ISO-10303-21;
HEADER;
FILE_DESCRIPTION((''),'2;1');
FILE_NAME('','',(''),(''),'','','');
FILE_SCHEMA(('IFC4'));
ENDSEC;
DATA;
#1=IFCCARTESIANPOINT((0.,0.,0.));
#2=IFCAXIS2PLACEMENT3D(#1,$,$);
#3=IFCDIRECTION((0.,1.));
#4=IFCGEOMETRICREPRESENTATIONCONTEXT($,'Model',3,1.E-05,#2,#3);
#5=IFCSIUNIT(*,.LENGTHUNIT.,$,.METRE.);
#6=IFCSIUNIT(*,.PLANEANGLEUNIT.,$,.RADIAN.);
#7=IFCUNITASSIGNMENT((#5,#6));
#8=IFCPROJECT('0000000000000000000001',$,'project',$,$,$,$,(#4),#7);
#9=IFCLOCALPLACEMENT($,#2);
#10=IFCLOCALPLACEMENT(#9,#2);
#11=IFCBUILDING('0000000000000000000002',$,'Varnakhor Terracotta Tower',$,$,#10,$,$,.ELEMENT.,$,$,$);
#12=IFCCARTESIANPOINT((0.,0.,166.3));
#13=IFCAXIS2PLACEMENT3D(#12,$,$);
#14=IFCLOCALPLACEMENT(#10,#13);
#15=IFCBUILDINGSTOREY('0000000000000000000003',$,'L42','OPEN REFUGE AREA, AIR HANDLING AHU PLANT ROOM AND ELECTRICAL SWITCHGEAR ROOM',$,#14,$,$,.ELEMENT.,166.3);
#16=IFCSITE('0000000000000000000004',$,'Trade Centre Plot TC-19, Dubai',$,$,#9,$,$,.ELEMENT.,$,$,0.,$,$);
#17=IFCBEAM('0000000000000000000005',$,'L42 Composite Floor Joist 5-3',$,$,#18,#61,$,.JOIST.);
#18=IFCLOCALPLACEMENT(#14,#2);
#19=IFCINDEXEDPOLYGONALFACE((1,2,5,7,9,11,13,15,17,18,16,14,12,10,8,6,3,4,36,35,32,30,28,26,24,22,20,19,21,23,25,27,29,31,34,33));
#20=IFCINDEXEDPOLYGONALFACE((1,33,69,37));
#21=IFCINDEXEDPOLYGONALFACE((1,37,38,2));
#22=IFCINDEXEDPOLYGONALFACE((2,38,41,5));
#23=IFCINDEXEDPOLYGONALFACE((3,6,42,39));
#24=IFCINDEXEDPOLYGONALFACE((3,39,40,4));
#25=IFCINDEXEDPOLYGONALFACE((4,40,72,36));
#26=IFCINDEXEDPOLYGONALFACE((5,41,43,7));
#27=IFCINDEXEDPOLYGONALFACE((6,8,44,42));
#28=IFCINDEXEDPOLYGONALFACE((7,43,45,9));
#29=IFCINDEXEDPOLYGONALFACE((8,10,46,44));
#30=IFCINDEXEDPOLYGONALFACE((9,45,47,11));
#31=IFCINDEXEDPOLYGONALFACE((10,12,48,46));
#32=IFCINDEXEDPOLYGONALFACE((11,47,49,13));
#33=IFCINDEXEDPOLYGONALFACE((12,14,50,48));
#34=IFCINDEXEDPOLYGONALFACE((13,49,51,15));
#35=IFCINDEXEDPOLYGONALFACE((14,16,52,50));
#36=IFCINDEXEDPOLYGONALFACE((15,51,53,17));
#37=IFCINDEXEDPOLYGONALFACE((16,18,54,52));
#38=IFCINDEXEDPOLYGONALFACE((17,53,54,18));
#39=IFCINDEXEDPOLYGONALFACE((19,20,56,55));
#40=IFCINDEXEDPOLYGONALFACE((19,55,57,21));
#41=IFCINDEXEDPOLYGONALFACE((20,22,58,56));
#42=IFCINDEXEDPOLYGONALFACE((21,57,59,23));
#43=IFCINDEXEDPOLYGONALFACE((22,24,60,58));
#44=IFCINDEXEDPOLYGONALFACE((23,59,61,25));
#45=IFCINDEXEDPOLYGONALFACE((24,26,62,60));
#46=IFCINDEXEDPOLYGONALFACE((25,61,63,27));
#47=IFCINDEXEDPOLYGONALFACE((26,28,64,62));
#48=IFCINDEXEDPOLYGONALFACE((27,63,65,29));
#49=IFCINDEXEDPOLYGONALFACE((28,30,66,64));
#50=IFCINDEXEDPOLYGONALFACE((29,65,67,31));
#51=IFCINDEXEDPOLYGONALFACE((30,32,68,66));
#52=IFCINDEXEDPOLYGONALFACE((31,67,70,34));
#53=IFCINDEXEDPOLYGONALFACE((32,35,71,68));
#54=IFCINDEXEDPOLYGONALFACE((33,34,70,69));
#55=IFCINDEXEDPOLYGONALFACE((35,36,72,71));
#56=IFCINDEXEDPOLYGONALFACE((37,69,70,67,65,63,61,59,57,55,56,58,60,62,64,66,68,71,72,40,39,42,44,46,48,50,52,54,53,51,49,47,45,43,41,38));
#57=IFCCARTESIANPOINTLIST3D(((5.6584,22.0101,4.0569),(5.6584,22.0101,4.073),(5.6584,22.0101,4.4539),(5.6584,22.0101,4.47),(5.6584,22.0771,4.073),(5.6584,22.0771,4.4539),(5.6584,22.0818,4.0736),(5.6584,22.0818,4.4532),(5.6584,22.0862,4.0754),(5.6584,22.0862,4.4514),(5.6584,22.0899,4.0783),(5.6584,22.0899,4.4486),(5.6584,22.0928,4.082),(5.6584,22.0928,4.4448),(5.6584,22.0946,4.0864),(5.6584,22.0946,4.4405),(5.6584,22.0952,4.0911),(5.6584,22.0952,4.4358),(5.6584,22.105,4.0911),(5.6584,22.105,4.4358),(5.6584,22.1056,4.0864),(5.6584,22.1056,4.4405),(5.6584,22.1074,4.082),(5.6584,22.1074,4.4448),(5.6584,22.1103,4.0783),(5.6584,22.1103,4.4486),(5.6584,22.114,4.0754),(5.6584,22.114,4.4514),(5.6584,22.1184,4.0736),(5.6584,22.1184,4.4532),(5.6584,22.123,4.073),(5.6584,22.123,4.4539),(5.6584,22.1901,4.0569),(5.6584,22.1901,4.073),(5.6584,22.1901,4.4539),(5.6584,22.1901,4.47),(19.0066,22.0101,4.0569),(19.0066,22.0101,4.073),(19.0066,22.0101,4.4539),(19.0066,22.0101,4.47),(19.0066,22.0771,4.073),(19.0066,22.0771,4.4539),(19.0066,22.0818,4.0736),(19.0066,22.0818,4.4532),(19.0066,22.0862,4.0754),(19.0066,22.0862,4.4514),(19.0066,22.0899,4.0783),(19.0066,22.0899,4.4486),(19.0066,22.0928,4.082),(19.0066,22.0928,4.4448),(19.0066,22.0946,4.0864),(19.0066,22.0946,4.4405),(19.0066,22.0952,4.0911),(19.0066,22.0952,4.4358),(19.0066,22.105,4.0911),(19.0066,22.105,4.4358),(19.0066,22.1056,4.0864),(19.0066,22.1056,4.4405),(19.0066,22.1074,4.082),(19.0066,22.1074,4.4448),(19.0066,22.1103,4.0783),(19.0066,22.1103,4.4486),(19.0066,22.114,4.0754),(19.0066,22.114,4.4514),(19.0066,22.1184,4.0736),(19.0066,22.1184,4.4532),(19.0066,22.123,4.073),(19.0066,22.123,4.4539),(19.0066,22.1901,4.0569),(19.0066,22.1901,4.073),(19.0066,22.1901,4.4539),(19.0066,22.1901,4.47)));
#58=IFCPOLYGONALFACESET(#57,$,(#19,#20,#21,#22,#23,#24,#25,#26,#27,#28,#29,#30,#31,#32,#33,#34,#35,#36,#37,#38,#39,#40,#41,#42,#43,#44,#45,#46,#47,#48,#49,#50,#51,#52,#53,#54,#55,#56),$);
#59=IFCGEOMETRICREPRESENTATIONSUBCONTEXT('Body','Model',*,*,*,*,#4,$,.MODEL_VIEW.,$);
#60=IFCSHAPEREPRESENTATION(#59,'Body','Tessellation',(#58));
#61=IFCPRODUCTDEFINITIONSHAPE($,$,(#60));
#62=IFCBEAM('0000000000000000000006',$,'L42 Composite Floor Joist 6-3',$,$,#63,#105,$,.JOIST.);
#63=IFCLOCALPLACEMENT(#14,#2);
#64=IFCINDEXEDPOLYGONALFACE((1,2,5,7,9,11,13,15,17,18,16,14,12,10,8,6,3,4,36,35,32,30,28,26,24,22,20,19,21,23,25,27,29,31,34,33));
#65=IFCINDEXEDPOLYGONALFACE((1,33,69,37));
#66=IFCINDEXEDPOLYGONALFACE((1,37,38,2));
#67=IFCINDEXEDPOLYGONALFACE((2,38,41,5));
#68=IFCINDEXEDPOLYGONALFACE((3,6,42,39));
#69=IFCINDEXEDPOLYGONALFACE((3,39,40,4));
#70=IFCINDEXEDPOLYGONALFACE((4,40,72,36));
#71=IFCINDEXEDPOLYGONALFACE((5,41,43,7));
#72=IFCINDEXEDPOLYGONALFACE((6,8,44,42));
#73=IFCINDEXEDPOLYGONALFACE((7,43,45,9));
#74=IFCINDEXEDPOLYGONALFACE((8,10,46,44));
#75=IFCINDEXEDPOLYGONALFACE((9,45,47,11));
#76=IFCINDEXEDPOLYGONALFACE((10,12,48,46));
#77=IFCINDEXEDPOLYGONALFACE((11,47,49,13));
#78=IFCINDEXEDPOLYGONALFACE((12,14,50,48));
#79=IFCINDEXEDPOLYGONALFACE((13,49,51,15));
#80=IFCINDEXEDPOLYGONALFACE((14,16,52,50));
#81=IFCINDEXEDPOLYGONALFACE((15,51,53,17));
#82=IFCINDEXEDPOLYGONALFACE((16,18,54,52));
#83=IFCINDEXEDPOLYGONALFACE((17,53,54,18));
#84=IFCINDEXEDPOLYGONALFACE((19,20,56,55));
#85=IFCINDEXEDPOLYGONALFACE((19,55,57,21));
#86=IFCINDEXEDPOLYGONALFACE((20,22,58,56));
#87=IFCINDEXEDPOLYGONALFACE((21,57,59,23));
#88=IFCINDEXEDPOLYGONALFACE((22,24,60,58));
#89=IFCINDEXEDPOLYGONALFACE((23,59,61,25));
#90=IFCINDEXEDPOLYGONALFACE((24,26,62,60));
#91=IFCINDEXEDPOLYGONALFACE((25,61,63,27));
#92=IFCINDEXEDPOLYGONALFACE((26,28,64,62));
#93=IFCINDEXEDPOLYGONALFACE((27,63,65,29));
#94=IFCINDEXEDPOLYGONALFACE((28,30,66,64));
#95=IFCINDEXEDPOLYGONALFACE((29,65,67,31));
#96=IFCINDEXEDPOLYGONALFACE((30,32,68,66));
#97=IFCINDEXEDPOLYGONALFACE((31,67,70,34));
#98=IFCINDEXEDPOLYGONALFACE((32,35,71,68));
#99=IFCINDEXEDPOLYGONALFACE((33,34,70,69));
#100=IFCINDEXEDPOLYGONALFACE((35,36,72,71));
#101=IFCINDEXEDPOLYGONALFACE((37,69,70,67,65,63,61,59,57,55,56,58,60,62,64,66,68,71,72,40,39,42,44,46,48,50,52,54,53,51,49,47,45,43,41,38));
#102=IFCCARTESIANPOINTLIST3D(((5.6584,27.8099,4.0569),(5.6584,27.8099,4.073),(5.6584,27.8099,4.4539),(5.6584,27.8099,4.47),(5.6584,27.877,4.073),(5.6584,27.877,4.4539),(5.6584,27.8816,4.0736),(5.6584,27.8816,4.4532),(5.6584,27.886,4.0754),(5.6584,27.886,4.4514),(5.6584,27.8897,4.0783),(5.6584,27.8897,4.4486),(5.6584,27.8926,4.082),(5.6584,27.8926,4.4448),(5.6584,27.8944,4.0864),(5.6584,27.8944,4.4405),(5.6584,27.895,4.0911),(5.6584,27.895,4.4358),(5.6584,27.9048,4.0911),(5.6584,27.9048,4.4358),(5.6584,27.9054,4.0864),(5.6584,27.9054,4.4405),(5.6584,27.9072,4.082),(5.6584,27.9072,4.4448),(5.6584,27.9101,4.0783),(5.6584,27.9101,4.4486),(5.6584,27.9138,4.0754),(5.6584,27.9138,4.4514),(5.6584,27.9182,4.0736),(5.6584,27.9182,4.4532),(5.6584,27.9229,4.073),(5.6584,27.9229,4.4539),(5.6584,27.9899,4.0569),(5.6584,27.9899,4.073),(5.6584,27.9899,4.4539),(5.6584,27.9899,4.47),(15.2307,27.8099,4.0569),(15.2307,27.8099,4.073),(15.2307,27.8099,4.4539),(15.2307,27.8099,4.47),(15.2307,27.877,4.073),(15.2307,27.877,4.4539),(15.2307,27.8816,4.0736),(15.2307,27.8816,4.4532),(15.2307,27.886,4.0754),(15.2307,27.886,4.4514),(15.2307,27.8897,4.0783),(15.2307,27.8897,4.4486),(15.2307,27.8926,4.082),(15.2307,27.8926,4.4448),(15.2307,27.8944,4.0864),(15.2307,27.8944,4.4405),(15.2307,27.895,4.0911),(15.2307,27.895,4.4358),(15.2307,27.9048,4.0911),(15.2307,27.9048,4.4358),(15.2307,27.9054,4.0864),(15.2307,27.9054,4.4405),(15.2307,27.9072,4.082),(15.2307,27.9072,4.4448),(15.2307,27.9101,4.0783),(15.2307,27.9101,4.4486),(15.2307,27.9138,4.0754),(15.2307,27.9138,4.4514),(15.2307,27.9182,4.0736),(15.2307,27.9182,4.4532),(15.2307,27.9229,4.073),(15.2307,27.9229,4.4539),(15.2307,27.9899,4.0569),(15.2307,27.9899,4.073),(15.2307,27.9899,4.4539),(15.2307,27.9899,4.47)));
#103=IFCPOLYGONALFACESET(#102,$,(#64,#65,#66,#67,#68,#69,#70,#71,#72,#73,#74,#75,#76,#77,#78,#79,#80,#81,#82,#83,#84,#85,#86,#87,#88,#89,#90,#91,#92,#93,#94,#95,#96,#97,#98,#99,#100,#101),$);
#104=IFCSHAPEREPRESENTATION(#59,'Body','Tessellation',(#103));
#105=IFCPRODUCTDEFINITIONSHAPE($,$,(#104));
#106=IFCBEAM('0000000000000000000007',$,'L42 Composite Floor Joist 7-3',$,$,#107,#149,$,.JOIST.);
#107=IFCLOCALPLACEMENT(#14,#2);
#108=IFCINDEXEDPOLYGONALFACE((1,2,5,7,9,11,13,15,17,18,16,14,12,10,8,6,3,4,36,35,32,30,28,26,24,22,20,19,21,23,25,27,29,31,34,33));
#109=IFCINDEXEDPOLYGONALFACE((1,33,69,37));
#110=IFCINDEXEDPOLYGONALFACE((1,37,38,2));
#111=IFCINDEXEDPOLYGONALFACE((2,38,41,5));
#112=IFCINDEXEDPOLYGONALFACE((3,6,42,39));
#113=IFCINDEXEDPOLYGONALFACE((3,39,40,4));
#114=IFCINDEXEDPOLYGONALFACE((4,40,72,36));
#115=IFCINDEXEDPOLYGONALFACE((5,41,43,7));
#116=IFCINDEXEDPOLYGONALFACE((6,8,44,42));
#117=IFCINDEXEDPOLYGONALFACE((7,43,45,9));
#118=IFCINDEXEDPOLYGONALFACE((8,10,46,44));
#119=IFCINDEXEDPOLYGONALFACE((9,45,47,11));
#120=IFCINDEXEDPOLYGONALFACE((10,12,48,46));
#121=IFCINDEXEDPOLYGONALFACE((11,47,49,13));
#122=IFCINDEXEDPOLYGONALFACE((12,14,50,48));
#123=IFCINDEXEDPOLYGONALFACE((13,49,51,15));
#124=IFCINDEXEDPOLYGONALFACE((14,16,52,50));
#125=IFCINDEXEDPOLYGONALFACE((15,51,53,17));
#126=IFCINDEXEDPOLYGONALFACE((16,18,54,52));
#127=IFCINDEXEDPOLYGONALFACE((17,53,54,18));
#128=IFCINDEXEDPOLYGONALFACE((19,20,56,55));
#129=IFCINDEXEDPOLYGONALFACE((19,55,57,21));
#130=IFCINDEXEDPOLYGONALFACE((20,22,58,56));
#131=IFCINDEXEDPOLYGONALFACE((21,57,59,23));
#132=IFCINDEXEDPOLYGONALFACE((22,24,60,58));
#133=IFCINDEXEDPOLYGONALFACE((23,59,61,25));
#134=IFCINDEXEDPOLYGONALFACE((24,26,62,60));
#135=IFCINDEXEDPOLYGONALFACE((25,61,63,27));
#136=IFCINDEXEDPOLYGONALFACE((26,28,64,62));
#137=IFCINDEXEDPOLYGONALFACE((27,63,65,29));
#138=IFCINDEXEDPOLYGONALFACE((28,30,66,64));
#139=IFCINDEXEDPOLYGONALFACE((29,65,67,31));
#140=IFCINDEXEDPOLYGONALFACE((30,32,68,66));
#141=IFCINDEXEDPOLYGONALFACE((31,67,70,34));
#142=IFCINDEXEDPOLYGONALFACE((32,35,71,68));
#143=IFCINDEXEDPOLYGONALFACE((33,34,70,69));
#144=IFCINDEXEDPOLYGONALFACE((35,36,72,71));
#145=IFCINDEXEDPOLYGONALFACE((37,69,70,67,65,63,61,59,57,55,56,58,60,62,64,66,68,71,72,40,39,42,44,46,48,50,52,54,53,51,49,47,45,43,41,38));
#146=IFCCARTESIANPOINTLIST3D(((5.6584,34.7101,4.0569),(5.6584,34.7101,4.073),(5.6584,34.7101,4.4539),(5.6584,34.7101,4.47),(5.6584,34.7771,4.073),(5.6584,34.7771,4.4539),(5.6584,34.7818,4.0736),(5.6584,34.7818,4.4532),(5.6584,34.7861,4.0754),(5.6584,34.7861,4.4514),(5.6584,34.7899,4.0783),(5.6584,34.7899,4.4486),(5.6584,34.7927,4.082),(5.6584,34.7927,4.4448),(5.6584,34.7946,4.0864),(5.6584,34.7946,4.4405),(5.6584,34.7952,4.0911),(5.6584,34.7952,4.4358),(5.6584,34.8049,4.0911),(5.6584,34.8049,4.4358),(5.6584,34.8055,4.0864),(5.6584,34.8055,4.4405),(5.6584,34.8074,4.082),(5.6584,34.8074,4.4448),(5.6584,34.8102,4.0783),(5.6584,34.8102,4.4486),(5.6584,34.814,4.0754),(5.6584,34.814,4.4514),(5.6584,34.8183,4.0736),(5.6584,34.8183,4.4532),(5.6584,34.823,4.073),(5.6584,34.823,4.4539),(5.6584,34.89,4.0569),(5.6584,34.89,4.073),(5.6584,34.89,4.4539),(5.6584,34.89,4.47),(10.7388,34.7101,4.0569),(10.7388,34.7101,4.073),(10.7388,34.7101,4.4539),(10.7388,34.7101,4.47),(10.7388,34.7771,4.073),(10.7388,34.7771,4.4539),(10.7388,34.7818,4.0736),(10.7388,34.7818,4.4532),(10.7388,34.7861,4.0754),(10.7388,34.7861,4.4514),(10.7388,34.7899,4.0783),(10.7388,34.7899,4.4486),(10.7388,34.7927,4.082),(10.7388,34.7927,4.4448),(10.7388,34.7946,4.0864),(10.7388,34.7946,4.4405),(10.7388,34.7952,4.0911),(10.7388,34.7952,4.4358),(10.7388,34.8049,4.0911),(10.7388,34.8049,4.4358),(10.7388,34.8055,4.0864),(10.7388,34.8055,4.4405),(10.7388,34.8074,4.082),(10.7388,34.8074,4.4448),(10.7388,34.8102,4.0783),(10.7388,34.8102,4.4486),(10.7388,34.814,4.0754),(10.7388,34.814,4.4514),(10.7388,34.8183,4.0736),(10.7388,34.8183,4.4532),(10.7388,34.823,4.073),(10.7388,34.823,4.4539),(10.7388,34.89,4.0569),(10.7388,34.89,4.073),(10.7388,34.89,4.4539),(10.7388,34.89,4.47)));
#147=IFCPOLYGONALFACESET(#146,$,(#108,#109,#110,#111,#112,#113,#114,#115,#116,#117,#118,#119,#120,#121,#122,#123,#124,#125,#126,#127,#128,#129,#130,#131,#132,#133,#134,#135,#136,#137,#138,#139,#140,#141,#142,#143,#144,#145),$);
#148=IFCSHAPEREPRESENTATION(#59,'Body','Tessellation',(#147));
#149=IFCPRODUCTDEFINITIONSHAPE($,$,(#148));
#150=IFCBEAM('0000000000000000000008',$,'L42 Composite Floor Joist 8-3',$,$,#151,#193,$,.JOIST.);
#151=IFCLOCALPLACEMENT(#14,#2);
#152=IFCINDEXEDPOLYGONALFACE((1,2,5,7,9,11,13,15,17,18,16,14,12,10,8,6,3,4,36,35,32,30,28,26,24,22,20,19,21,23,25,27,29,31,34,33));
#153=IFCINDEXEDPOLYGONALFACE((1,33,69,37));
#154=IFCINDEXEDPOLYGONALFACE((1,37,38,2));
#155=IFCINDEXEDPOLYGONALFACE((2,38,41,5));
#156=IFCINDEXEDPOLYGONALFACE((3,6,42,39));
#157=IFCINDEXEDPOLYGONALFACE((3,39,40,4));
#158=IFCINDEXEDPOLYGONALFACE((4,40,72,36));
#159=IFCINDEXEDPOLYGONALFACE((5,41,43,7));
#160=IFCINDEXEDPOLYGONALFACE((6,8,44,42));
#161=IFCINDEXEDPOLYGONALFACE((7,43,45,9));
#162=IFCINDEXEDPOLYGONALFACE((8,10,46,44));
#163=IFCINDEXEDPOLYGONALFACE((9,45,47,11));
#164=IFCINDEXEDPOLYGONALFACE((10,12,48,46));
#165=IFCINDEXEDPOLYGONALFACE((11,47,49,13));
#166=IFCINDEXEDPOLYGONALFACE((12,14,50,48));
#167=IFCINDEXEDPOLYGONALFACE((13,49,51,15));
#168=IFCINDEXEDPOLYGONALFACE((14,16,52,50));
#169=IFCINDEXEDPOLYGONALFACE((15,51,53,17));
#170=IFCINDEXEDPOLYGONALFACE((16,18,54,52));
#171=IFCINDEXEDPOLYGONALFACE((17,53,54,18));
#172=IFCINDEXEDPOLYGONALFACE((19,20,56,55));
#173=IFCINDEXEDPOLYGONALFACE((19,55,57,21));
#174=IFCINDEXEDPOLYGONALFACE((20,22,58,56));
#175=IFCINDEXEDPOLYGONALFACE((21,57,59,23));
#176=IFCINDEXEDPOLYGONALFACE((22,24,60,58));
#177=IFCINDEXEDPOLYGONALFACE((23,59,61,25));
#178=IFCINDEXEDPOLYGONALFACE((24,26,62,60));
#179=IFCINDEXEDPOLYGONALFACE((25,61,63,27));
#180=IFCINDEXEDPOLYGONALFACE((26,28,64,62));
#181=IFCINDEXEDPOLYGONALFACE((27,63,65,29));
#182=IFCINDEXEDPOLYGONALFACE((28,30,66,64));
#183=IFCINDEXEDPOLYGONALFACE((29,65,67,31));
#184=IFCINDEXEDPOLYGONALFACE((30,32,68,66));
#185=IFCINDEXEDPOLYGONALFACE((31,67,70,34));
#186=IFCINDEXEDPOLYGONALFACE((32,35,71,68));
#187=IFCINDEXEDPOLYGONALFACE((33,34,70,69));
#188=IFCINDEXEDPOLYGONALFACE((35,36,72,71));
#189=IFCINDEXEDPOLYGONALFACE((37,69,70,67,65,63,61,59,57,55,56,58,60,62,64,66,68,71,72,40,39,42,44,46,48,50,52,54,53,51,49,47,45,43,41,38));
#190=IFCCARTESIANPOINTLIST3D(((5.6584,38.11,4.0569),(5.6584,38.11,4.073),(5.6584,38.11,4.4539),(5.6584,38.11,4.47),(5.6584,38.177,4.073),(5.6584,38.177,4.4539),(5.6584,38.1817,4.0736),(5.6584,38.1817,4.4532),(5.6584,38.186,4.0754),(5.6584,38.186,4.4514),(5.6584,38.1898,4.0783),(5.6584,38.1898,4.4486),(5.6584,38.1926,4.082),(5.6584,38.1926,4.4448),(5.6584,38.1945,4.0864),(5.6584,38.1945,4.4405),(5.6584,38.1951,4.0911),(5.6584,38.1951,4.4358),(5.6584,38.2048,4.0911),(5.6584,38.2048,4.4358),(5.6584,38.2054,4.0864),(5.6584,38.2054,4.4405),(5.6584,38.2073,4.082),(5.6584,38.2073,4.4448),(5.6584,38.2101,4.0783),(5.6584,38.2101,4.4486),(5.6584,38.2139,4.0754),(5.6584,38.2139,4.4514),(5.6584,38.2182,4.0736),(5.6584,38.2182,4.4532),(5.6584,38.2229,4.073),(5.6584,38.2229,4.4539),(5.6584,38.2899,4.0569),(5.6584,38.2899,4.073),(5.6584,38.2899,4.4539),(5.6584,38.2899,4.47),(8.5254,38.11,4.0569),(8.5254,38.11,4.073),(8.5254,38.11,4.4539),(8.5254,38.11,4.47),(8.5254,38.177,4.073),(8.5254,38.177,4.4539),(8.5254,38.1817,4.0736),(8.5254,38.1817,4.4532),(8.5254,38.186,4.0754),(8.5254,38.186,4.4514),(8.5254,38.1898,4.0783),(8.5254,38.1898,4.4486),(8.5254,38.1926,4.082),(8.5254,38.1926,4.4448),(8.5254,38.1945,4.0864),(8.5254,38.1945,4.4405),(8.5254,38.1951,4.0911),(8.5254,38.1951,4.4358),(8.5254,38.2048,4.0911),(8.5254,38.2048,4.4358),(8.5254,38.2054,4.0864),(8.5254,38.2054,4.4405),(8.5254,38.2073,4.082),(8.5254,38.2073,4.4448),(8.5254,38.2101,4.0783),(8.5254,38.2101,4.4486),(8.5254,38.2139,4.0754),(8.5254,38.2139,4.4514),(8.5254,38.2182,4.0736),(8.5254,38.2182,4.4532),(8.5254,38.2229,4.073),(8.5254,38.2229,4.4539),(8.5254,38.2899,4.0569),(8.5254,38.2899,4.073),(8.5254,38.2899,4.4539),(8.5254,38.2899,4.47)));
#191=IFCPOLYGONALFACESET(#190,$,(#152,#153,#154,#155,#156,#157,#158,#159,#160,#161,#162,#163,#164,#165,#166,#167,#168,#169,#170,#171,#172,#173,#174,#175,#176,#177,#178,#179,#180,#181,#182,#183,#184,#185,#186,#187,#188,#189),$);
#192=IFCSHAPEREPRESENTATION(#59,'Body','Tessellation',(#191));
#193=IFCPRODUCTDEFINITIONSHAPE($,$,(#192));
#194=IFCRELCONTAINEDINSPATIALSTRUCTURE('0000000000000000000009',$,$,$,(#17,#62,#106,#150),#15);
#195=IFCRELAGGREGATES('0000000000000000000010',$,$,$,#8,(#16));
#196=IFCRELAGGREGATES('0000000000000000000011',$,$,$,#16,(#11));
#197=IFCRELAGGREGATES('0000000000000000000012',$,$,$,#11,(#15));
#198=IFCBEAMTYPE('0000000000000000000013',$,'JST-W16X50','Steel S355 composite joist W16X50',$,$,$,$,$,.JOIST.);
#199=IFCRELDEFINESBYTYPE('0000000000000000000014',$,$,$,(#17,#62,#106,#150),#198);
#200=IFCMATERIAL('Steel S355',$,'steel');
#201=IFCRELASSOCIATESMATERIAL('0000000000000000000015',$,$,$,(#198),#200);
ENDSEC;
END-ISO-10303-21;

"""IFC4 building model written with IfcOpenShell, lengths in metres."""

from ifc_helpers import new_model, si_unit, direction, frame, origin, origin_2d, place, context, subcontext, project, spatial, i_section, extrude, source, transform, mapped, material, material_profile, profile_set, type_object, element, save


model = new_model("IFC4")

# Units and contexts
model_context = context("Model", 3, precision=1e-05, world=origin(), true_north=direction((0.0, 1.0)))
body_context = subcontext(model_context, "Body", "Model", "MODEL_VIEW")
ifc_project = project(units=[si_unit("LENGTHUNIT", "METRE"), si_unit("PLANEANGLEUNIT", "RADIAN")], contexts=[model_context])

# Site, building, storey
site_placement = place(None, origin())
site = spatial("IfcSite", under=ifc_project, at=site_placement, Name="Trade Centre Plot TC-19, Dubai", CompositionType="ELEMENT", RefElevation=0.0)
building_placement = place(site_placement, origin())
building = spatial("IfcBuilding", under=site, at=building_placement, Name="Varnakhor Terracotta Tower", CompositionType="ELEMENT")
storey_placement = place(building_placement, frame((0.0, 0.0, 166.3)))
storey = spatial("IfcBuildingStorey", under=building, at=storey_placement, Name="L42", Description="OPEN REFUGE AREA, AIR HANDLING AHU PLANT ROOM AND ELECTRICAL SWITCHGEAR ROOM", CompositionType="ELEMENT", Elevation=166.3)

# Beams
ifc_material_1 = material(Name="Steel S355", Category="steel")
ifc_material_profile_1 = material_profile(ifc_material_1, i_section(OverallWidth=0.1799, OverallDepth=0.4131, WebThickness=0.0098, FlangeThickness=0.0161, FilletRadius=0.0181, at=origin_2d()), Name="W16X50")
ifc_profile_set_1 = profile_set([ifc_material_profile_1], Name="Steel S355")
beam_type_1 = type_object("IfcBeamType", Name="JST-W16X50", Description="Steel S355 composite joist W16X50", PredefinedType="JOIST", material=ifc_profile_set_1)
shared_shape_1 = source(origin(), body_context, "Body", "SweptSolid", [
    extrude(i_section(OverallWidth=0.1799, OverallDepth=0.4131, WebThickness=0.0098, FlangeThickness=0.0161, FilletRadius=0.0181, at=origin_2d()), origin(), (0.0, 0.0, 1.0), 13.3481),
])
beam_1_placement = place(storey_placement, frame((5.6584, 22.1001, 4.2634), z_axis=(1.0, 0.0, 0.0), x_axis=(0.0, 1.0, 0.0)))
element("IfcBeam", 1, at=beam_1_placement, inside=storey, type_object=beam_type_1, Name="L42 Composite Floor Joist 5-3", PredefinedType="JOIST", context=body_context, shape_type="MappedRepresentation", body=[
    mapped(shared_shape_1, transform((0.0, 0.0, 0.0), scale=1.0)),
])
shared_shape_2 = source(origin(), body_context, "Body", "SweptSolid", [
    extrude(i_section(OverallWidth=0.1799, OverallDepth=0.4131, WebThickness=0.0098, FlangeThickness=0.0161, FilletRadius=0.0181, at=origin_2d()), origin(), (0.0, 0.0, 1.0), 9.5723),
])
beam_2_placement = place(storey_placement, frame((5.6584, 27.8999, 4.2634), z_axis=(1.0, 0.0, 0.0), x_axis=(0.0, 1.0, 0.0)))
element("IfcBeam", 2, at=beam_2_placement, inside=storey, type_object=beam_type_1, Name="L42 Composite Floor Joist 6-3", PredefinedType="JOIST", context=body_context, shape_type="MappedRepresentation", body=[
    mapped(shared_shape_2, transform((0.0, 0.0, 0.0), scale=1.0)),
])
shared_shape_3 = source(origin(), body_context, "Body", "SweptSolid", [
    extrude(i_section(OverallWidth=0.1799, OverallDepth=0.4131, WebThickness=0.0098, FlangeThickness=0.0161, FilletRadius=0.0181, at=origin_2d()), origin(), (0.0, 0.0, 1.0), 5.0803),
])
beam_3_placement = place(storey_placement, frame((5.6584, 34.8, 4.2634), z_axis=(1.0, 0.0, 0.0), x_axis=(0.0, 1.0, 0.0)))
element("IfcBeam", 3, at=beam_3_placement, inside=storey, type_object=beam_type_1, Name="L42 Composite Floor Joist 7-3", PredefinedType="JOIST", context=body_context, shape_type="MappedRepresentation", body=[
    mapped(shared_shape_3, transform((0.0, 0.0, 0.0), scale=1.0)),
])
shared_shape_4 = source(origin(), body_context, "Body", "SweptSolid", [
    extrude(i_section(OverallWidth=0.1799, OverallDepth=0.4131, WebThickness=0.0098, FlangeThickness=0.0161, FilletRadius=0.0181, at=origin_2d()), origin(), (0.0, 0.0, 1.0), 2.8669),
])
beam_4_placement = place(storey_placement, frame((5.6584, 38.2, 4.2634), z_axis=(1.0, 0.0, 0.0), x_axis=(0.0, 1.0, 0.0)))
element("IfcBeam", 4, at=beam_4_placement, inside=storey, type_object=beam_type_1, Name="L42 Composite Floor Joist 8-3", PredefinedType="JOIST", context=body_context, shape_type="MappedRepresentation", body=[
    mapped(shared_shape_4, transform((0.0, 0.0, 0.0), scale=1.0)),
])

save(model, "model.ifc")
